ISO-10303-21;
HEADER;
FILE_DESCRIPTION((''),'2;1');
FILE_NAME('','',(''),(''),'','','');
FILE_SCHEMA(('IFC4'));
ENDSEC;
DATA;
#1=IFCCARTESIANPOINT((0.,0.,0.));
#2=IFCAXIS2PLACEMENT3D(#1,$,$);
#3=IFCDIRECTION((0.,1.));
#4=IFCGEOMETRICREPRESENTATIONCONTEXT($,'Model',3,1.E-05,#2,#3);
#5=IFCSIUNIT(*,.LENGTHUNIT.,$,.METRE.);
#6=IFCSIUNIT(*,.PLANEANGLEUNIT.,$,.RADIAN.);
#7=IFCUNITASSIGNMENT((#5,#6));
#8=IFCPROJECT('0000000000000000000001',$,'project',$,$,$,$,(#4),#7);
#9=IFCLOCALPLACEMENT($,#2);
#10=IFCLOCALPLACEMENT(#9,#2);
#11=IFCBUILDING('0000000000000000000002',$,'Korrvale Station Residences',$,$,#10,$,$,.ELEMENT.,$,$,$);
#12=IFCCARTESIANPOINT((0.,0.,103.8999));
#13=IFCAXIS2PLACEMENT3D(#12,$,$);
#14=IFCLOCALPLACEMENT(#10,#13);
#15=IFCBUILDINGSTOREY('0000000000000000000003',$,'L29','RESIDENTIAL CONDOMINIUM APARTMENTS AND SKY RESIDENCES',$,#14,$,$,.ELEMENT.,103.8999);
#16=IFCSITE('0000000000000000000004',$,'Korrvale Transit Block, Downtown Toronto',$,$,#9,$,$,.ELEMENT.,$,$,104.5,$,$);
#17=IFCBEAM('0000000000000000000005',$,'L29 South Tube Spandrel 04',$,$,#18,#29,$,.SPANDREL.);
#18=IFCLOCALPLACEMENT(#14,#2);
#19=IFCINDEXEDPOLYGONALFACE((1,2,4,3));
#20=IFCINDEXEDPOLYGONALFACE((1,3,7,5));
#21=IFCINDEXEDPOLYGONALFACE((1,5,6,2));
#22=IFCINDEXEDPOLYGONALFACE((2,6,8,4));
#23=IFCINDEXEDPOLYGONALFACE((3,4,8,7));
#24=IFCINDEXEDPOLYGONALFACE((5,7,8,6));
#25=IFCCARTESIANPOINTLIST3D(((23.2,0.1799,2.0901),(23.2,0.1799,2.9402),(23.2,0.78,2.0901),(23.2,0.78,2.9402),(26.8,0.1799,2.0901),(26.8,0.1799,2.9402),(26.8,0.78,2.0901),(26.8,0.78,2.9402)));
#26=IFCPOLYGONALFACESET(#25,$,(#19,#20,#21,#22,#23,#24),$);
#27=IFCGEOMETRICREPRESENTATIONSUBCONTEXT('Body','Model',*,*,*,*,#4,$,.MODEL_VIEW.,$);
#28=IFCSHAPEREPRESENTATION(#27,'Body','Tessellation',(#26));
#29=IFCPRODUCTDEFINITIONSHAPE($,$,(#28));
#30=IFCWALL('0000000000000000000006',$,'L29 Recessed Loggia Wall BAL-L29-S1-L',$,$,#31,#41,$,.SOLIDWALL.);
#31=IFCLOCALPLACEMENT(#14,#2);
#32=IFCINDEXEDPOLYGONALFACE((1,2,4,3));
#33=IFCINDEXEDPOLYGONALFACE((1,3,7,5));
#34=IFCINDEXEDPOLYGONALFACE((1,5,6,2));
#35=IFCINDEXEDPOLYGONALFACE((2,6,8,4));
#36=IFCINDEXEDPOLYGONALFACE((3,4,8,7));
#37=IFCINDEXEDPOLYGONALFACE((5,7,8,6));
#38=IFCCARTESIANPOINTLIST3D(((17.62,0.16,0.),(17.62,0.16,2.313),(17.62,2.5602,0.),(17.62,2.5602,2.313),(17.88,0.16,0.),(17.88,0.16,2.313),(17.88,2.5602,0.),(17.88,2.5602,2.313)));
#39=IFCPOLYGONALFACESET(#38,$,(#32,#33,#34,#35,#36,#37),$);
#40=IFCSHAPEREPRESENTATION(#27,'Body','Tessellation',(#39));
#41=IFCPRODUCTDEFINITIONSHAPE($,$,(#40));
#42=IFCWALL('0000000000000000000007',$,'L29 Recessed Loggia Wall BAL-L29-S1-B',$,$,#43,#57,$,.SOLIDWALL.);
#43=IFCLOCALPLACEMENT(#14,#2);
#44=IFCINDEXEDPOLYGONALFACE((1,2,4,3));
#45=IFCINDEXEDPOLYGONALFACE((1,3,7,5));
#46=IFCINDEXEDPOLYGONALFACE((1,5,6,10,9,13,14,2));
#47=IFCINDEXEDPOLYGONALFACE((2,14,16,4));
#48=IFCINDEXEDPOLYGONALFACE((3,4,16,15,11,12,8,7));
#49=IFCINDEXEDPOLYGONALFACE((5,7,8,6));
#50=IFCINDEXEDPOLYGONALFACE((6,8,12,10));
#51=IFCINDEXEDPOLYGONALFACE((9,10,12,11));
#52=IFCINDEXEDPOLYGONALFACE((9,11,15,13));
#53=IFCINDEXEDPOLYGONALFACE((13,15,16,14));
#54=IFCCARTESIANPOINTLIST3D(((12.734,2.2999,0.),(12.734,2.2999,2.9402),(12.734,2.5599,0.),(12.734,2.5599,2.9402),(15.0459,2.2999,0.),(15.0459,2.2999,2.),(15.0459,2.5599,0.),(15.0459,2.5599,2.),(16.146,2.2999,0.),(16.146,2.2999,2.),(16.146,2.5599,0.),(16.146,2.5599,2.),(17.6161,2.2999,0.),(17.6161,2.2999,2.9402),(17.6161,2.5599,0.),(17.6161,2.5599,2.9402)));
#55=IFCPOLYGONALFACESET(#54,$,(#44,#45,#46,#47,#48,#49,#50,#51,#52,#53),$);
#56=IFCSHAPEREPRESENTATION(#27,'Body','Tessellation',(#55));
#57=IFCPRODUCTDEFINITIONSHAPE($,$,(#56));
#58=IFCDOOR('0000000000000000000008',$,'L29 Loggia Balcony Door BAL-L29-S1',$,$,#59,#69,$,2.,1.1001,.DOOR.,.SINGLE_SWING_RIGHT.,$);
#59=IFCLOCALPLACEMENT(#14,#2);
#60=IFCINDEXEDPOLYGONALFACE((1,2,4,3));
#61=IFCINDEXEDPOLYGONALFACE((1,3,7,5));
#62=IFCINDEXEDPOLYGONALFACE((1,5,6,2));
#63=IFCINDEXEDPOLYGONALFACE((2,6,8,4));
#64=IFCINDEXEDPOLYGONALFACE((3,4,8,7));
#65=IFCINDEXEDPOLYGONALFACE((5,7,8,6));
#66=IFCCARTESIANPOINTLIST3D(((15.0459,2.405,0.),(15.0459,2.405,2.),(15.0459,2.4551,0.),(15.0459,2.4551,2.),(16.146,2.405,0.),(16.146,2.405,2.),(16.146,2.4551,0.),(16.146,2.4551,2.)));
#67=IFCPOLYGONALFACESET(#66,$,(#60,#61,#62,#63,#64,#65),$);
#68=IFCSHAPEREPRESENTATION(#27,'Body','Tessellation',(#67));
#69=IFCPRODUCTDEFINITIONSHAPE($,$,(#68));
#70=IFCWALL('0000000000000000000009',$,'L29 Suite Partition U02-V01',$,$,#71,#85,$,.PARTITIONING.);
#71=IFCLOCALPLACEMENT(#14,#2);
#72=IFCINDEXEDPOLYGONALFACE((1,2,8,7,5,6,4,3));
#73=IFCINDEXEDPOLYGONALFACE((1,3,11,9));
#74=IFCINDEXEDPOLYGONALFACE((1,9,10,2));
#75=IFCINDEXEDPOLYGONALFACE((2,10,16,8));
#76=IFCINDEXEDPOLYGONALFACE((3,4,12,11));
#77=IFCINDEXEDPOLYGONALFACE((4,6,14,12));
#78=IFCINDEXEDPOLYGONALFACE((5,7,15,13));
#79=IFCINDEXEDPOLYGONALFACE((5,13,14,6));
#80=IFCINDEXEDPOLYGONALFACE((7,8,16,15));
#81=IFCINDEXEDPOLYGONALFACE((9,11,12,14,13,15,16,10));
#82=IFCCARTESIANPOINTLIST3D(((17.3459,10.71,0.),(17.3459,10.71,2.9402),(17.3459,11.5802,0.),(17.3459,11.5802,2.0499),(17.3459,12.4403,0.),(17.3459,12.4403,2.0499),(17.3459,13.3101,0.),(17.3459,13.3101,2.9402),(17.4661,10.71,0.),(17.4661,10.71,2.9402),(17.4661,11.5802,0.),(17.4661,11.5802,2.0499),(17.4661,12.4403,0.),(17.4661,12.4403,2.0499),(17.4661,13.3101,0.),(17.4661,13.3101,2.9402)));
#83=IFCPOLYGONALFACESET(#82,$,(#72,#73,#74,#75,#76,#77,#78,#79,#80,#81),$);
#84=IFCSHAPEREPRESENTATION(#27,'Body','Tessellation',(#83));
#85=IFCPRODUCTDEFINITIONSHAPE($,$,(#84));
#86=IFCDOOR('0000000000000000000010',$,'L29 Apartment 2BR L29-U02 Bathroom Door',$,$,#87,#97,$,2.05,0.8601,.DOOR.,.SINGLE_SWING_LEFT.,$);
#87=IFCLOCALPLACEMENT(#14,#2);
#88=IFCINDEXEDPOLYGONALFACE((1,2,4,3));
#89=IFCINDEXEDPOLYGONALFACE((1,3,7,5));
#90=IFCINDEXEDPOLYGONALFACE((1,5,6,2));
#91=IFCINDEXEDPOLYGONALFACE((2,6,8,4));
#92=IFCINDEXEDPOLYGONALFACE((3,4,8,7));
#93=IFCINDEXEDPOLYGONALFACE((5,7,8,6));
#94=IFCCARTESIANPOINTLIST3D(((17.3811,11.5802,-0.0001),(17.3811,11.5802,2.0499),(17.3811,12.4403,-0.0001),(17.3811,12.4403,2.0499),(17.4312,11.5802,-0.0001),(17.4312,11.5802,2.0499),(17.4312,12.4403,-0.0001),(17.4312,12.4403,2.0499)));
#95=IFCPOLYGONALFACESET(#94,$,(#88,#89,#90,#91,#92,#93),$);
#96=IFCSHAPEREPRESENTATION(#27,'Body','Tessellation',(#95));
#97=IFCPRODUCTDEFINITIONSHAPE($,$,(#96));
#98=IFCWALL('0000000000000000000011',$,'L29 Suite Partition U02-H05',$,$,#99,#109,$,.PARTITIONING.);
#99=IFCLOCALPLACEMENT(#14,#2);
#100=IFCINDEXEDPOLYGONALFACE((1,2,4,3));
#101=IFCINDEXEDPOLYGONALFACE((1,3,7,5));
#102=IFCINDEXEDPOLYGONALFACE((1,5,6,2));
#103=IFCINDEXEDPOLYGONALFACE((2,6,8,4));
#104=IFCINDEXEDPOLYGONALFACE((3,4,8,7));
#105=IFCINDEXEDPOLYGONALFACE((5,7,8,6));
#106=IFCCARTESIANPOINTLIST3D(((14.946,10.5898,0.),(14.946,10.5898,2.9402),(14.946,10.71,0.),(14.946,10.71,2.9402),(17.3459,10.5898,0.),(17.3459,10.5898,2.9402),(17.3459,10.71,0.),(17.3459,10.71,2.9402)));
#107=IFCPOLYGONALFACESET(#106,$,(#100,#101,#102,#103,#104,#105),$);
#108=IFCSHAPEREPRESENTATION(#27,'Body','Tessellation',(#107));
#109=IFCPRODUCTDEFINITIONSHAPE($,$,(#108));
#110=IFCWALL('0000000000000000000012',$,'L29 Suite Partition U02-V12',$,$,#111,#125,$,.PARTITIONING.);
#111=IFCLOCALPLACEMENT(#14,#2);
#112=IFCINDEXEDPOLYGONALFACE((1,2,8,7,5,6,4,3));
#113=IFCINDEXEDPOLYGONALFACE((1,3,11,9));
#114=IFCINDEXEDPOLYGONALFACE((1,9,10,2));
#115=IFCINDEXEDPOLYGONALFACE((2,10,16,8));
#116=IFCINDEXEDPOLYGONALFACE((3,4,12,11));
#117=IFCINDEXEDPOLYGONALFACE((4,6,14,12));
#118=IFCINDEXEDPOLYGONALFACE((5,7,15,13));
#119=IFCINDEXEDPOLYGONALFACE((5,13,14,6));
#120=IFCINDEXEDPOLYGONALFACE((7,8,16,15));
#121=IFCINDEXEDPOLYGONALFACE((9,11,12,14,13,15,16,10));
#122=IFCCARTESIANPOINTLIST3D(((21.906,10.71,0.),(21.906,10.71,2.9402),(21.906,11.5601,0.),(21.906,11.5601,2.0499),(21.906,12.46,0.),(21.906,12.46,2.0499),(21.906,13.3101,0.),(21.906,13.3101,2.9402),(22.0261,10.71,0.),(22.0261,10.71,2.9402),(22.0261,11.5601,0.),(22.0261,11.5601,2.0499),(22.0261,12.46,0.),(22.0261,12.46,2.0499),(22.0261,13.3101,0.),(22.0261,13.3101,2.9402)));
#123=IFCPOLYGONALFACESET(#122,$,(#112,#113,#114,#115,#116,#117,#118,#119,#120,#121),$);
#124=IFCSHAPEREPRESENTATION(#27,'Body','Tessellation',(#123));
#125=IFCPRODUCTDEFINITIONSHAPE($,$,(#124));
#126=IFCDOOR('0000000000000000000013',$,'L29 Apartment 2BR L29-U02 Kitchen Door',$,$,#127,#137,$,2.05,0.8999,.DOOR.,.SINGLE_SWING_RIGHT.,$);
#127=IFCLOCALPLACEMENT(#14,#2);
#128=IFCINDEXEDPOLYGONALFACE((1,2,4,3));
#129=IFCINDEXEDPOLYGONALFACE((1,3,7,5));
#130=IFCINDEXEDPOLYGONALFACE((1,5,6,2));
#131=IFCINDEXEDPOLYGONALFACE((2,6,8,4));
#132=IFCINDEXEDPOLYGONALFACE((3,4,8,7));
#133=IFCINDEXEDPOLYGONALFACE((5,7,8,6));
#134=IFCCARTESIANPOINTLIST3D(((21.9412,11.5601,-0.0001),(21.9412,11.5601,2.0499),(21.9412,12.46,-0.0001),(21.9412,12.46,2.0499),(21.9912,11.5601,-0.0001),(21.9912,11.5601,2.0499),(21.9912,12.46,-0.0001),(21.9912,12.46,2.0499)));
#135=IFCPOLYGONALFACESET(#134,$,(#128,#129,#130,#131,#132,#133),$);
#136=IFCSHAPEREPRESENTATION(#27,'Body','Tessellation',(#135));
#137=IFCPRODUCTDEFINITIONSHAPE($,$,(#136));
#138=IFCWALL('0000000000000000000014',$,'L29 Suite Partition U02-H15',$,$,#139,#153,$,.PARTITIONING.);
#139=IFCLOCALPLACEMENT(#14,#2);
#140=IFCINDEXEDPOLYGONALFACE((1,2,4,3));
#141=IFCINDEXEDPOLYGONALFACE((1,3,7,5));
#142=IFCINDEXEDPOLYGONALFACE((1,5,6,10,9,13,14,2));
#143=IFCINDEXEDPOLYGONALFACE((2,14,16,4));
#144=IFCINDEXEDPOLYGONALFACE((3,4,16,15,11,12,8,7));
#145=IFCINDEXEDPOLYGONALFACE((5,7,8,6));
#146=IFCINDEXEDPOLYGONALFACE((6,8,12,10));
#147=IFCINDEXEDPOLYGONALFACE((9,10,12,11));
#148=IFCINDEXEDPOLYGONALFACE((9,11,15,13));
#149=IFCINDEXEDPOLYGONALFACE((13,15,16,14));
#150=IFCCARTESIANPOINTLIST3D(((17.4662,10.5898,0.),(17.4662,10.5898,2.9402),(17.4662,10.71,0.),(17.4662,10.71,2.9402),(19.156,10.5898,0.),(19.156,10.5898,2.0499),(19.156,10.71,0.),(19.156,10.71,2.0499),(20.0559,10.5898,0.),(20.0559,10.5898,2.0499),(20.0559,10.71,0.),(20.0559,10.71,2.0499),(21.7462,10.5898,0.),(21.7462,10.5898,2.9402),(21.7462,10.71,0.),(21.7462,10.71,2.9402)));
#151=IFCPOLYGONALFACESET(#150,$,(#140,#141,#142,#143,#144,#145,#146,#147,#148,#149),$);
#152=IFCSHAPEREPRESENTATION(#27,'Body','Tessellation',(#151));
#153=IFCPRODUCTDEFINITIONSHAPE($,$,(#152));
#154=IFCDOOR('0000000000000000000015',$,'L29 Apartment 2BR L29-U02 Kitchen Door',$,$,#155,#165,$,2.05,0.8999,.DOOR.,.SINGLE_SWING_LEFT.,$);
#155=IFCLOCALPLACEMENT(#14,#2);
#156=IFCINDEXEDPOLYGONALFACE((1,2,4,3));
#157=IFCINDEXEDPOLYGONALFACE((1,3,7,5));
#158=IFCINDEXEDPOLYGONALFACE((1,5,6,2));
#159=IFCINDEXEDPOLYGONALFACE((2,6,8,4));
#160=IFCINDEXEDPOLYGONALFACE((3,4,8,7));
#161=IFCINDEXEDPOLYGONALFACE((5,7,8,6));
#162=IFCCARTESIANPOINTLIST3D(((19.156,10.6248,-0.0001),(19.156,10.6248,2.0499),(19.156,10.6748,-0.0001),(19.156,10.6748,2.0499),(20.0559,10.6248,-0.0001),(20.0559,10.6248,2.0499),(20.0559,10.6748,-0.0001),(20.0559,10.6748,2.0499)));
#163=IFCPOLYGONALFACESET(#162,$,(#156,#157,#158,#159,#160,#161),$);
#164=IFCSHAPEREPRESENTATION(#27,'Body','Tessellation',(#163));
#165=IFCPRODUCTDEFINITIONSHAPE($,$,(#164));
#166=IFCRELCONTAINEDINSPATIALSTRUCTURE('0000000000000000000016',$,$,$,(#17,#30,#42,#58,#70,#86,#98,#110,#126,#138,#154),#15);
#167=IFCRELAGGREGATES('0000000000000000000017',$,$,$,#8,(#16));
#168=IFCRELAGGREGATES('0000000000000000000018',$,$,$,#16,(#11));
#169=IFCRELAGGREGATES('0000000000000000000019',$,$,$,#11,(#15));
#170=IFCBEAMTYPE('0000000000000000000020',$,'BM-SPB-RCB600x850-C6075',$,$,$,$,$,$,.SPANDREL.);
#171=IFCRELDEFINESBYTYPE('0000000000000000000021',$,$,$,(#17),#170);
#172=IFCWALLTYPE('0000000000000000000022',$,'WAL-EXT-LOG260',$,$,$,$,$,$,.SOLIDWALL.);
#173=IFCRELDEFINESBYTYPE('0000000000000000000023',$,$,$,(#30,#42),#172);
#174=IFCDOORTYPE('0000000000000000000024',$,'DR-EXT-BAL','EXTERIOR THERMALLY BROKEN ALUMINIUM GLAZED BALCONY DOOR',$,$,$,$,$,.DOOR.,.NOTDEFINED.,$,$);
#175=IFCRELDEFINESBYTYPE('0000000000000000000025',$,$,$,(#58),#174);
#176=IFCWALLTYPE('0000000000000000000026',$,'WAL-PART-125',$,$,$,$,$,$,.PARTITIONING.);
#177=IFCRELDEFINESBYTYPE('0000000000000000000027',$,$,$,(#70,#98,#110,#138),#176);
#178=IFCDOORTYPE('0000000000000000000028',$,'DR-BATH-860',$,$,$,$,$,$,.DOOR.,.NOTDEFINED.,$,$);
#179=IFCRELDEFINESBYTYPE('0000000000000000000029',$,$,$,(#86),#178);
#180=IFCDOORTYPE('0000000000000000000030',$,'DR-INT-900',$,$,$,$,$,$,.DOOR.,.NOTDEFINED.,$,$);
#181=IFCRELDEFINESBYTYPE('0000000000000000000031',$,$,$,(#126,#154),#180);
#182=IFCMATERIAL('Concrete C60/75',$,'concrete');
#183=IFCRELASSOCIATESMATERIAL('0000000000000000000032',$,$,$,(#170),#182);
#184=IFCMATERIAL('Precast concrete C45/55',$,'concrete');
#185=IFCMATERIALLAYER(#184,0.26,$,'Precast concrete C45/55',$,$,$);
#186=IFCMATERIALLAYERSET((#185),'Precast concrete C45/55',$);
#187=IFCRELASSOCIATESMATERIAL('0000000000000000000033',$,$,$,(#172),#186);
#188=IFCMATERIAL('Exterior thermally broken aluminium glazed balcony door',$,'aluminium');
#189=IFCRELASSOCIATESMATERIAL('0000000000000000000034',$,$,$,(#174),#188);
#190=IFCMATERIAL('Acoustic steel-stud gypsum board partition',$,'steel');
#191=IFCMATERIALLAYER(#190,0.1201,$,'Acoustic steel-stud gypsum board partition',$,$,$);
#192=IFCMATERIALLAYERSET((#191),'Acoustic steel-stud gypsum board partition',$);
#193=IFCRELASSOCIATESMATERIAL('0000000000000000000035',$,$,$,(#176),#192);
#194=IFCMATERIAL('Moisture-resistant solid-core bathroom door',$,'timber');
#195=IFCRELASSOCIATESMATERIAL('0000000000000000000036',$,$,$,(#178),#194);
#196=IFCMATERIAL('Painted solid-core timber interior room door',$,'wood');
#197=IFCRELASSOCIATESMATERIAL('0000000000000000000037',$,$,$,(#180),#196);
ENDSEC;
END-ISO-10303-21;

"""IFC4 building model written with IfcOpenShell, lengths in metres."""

from ifc_helpers import new_model, si_unit, direction, frame, frame_2d, origin, origin_2d, place, context, subcontext, project, spatial, rectangle, extrude, material, layer, layer_set, material_profile, profile_set, type_object, element, fill, save


model = new_model("IFC4")

# Units and contexts
model_context = context("Model", 3, precision=1e-05, world=origin(), true_north=direction((0.0, 1.0)))
body_context = subcontext(model_context, "Body", "Model", "MODEL_VIEW")
ifc_project = project(units=[si_unit("LENGTHUNIT", "METRE"), si_unit("PLANEANGLEUNIT", "RADIAN")], contexts=[model_context])

# Site, building, storey
site_placement = place(None, origin())
site = spatial("IfcSite", under=ifc_project, at=site_placement, Name="Korrvale Transit Block, Downtown Toronto", CompositionType="ELEMENT", RefElevation=104.5)
building_placement = place(site_placement, origin())
building = spatial("IfcBuilding", under=site, at=building_placement, Name="Korrvale Station Residences", CompositionType="ELEMENT")
storey_placement = place(building_placement, frame((0.0, 0.0, 103.8999)))
storey = spatial("IfcBuildingStorey", under=building, at=storey_placement, Name="L29", Description="RESIDENTIAL CONDOMINIUM APARTMENTS AND SKY RESIDENCES", CompositionType="ELEMENT", Elevation=103.8999)

# Shared definitions
ifc_material_1 = material(Name="Concrete C60/75", Category="concrete")

# Beam
ifc_material_profile_1 = material_profile(ifc_material_1, rectangle(XDim=0.6001, YDim=0.8501, at=origin_2d()), Name="RCB600x850")
ifc_profile_set_1 = profile_set([ifc_material_profile_1], Name="Concrete C60/75")
beam_type_1 = type_object("IfcBeamType", Name="BM-SPB-RCB600x850-C6075", PredefinedType="SPANDREL", material=ifc_profile_set_1)
beam_1_placement = place(storey_placement, frame((23.2, 0.48, 2.5151), z_axis=(1.0, 0.0, 0.0), x_axis=(0.0, 1.0, 0.0)))
element("IfcBeam", 1, at=beam_1_placement, inside=storey, type_object=beam_type_1, Name="L29 South Tube Spandrel 04", PredefinedType="SPANDREL", context=body_context, shape_type="SweptSolid", body=[
    extrude(rectangle(XDim=0.6001, YDim=0.8501, at=origin_2d()), origin(), (0.0, 0.0, 1.0), 3.6001),
])

# Wall
ifc_material_2 = material(Name="Precast concrete C45/55", Category="concrete")
ifc_layer_1 = layer(ifc_material_2, 0.26, Name="Precast concrete C45/55")
ifc_layer_set_1 = layer_set([ifc_layer_1], Name="Precast concrete C45/55")
wall_type_1 = type_object("IfcWallType", Name="WAL-EXT-LOG260", PredefinedType="SOLIDWALL", material=ifc_layer_set_1)
wall_1_placement = place(storey_placement, frame((17.75, 0.1599, 0.0), z_axis=(0.0, 0.0, 1.0), x_axis=(0.0, 1.0, 0.0)))
element("IfcWall", 2, at=wall_1_placement, inside=storey, type_object=wall_type_1, Name="L29 Recessed Loggia Wall BAL-L29-S1-L", PredefinedType="SOLIDWALL", context=body_context, shape_type="SweptSolid", body=[
    extrude(rectangle(XDim=2.4001, YDim=0.26, at=frame_2d((1.2002, 0.0))), origin(), (0.0, 0.0, 1.0), 2.313),
])

# Walls, openings, doors
wall_2_placement = place(storey_placement, frame((17.616, 2.4299, 0.0), z_axis=(0.0, 0.0, 1.0), x_axis=(-1.0, 0.0, 0.0)))
wall_2 = element("IfcWall", 3, at=wall_2_placement, inside=storey, type_object=wall_type_1, Name="L29 Recessed Loggia Wall BAL-L29-S1-B", PredefinedType="SOLIDWALL", context=body_context, shape_type="SweptSolid", body=[
    extrude(rectangle(XDim=4.8821, YDim=0.26, at=frame_2d((2.4409, 0.0))), origin(), (0.0, 0.0, 1.0), 2.9402),
])
opening_1_placement = place(wall_2_placement, frame((1.47, 0.0, 0.0)))
opening_1 = element("IfcOpeningElement", 4, at=opening_1_placement, cuts=wall_2, PredefinedType="OPENING", context=body_context, shape_type="SweptSolid", body=[
    extrude(rectangle(XDim=1.1001, YDim=2.0, at=frame_2d((0.55, 1.0))), frame((0.0, 0.1401, 0.0), z_axis=(0.0, -1.0, 0.0), x_axis=(1.0, 0.0, 0.0)), (0.0, 0.0, 1.0), 0.28),
])
ifc_material_3 = material(Name="Exterior thermally broken aluminium glazed balcony door", Category="aluminium")
door_type_1 = type_object("IfcDoorType", Name="DR-EXT-BAL", Description="EXTERIOR THERMALLY BROKEN ALUMINIUM GLAZED BALCONY DOOR", OperationType="NOTDEFINED", PredefinedType="DOOR", material=ifc_material_3)
door_1_placement = place(opening_1_placement, origin())
door_1 = element("IfcDoor", 5, at=door_1_placement, inside=storey, type_object=door_type_1, Name="L29 Loggia Balcony Door BAL-L29-S1", OperationType="SINGLE_SWING_RIGHT", OverallHeight=2.0, OverallWidth=1.1001, PredefinedType="DOOR", context=body_context, shape_type="SweptSolid", body=[
    extrude(rectangle(XDim=1.1001, YDim=2.0, at=frame_2d((0.55, 1.0))), frame((0.0, 0.0249, 0.0), z_axis=(0.0, -1.0, 0.0), x_axis=(1.0, 0.0, 0.0)), (0.0, 0.0, 1.0), 0.05),
])
fill(opening_1, door_1)
ifc_material_4 = material(Name="Acoustic steel-stud gypsum board partition", Category="steel")
ifc_layer_2 = layer(ifc_material_4, 0.1201, Name="Acoustic steel-stud gypsum board partition")
ifc_layer_set_2 = layer_set([ifc_layer_2], Name="Acoustic steel-stud gypsum board partition")
wall_type_2 = type_object("IfcWallType", Name="WAL-PART-125", PredefinedType="PARTITIONING", material=ifc_layer_set_2)
wall_3_placement = place(storey_placement, frame((17.406, 10.71, 0.0), z_axis=(0.0, 0.0, 1.0), x_axis=(0.0, 1.0, 0.0)))
wall_3 = element("IfcWall", 6, at=wall_3_placement, inside=storey, type_object=wall_type_2, Name="L29 Suite Partition U02-V01", PredefinedType="PARTITIONING", context=body_context, shape_type="SweptSolid", body=[
    extrude(rectangle(XDim=2.6001, YDim=0.1201, at=frame_2d((1.3, 0.0))), origin(), (0.0, 0.0, 1.0), 2.9402),
])
opening_2_placement = place(wall_3_placement, frame((0.8701, 0.0, 0.0)))
opening_2 = element("IfcOpeningElement", 7, at=opening_2_placement, cuts=wall_3, PredefinedType="OPENING", context=body_context, shape_type="SweptSolid", body=[
    extrude(rectangle(XDim=0.8601, YDim=2.05, at=frame_2d((0.4302, 1.0249))), frame((0.0, 0.0701, 0.0), z_axis=(0.0, -1.0, 0.0), x_axis=(1.0, 0.0, 0.0)), (0.0, 0.0, 1.0), 0.1401),
])
ifc_material_5 = material(Name="Moisture-resistant solid-core bathroom door", Category="timber")
door_type_2 = type_object("IfcDoorType", Name="DR-BATH-860", OperationType="NOTDEFINED", PredefinedType="DOOR", material=ifc_material_5)
door_2_placement = place(opening_2_placement, origin())
door_2 = element("IfcDoor", 8, at=door_2_placement, inside=storey, type_object=door_type_2, Name="L29 Apartment 2BR L29-U02 Bathroom Door", OperationType="SINGLE_SWING_LEFT", OverallHeight=2.05, OverallWidth=0.8601, PredefinedType="DOOR", context=body_context, shape_type="SweptSolid", body=[
    extrude(rectangle(XDim=0.8601, YDim=2.05, at=frame_2d((0.4302, 1.0249))), frame((0.0, 0.0249, 0.0), z_axis=(0.0, -1.0, 0.0), x_axis=(1.0, 0.0, 0.0)), (0.0, 0.0, 1.0), 0.05),
])
fill(opening_2, door_2)

# Wall
wall_4_placement = place(storey_placement, frame((14.946, 10.6499, 0.0), z_axis=(0.0, 0.0, 1.0), x_axis=(1.0, 0.0, 0.0)))
element("IfcWall", 9, at=wall_4_placement, inside=storey, type_object=wall_type_2, Name="L29 Suite Partition U02-H05", PredefinedType="PARTITIONING", context=body_context, shape_type="SweptSolid", body=[
    extrude(rectangle(XDim=2.3999, YDim=0.1201, at=frame_2d((1.2, 0.0))), origin(), (0.0, 0.0, 1.0), 2.9402),
])

# Walls, openings, doors
wall_5_placement = place(storey_placement, frame((21.9661, 10.71, 0.0), z_axis=(0.0, 0.0, 1.0), x_axis=(0.0, 1.0, 0.0)))
wall_5 = element("IfcWall", 10, at=wall_5_placement, inside=storey, type_object=wall_type_2, Name="L29 Suite Partition U02-V12", PredefinedType="PARTITIONING", context=body_context, shape_type="SweptSolid", body=[
    extrude(rectangle(XDim=2.6001, YDim=0.1201, at=frame_2d((1.3, 0.0))), origin(), (0.0, 0.0, 1.0), 2.9402),
])
opening_3_placement = place(wall_5_placement, frame((0.8501, 0.0, 0.0)))
opening_3 = element("IfcOpeningElement", 11, at=opening_3_placement, cuts=wall_5, PredefinedType="OPENING", context=body_context, shape_type="SweptSolid", body=[
    extrude(rectangle(XDim=0.8999, YDim=2.05, at=frame_2d((0.45, 1.0249))), frame((0.0, 0.0701, 0.0), z_axis=(0.0, -1.0, 0.0), x_axis=(1.0, 0.0, 0.0)), (0.0, 0.0, 1.0), 0.1401),
])
ifc_material_6 = material(Name="Painted solid-core timber interior room door", Category="wood")
door_type_3 = type_object("IfcDoorType", Name="DR-INT-900", OperationType="NOTDEFINED", PredefinedType="DOOR", material=ifc_material_6)
door_3_placement = place(opening_3_placement, origin())
door_3 = element("IfcDoor", 12, at=door_3_placement, inside=storey, type_object=door_type_3, Name="L29 Apartment 2BR L29-U02 Kitchen Door", OperationType="SINGLE_SWING_RIGHT", OverallHeight=2.05, OverallWidth=0.8999, PredefinedType="DOOR", context=body_context, shape_type="SweptSolid", body=[
    extrude(rectangle(XDim=0.8999, YDim=2.05, at=frame_2d((0.45, 1.0249))), frame((0.0, 0.0249, 0.0), z_axis=(0.0, -1.0, 0.0), x_axis=(1.0, 0.0, 0.0)), (0.0, 0.0, 1.0), 0.05),
])
fill(opening_3, door_3)
wall_6_placement = place(storey_placement, frame((17.4661, 10.6499, 0.0), z_axis=(0.0, 0.0, 1.0), x_axis=(1.0, 0.0, 0.0)))
wall_6 = element("IfcWall", 13, at=wall_6_placement, inside=storey, type_object=wall_type_2, Name="L29 Suite Partition U02-H15", PredefinedType="PARTITIONING", context=body_context, shape_type="SweptSolid", body=[
    extrude(rectangle(XDim=4.28, YDim=0.1201, at=frame_2d((2.1401, 0.0))), origin(), (0.0, 0.0, 1.0), 2.9402),
])
opening_4_placement = place(wall_6_placement, frame((1.6899, 0.0, 0.0)))
opening_4 = element("IfcOpeningElement", 14, at=opening_4_placement, cuts=wall_6, PredefinedType="OPENING", context=body_context, shape_type="SweptSolid", body=[
    extrude(rectangle(XDim=0.8999, YDim=2.05, at=frame_2d((0.45, 1.0249))), frame((0.0, 0.0701, 0.0), z_axis=(0.0, -1.0, 0.0), x_axis=(1.0, 0.0, 0.0)), (0.0, 0.0, 1.0), 0.1401),
])
door_4_placement = place(opening_4_placement, origin())
door_4 = element("IfcDoor", 15, at=door_4_placement, inside=storey, type_object=door_type_3, Name="L29 Apartment 2BR L29-U02 Kitchen Door", OperationType="SINGLE_SWING_LEFT", OverallHeight=2.05, OverallWidth=0.8999, PredefinedType="DOOR", context=body_context, shape_type="SweptSolid", body=[
    extrude(rectangle(XDim=0.8999, YDim=2.05, at=frame_2d((0.45, 1.0249))), frame((0.0, 0.0249, 0.0), z_axis=(0.0, -1.0, 0.0), x_axis=(1.0, 0.0, 0.0)), (0.0, 0.0, 1.0), 0.05),
])
fill(opening_4, door_4)

save(model, "model.ifc")
